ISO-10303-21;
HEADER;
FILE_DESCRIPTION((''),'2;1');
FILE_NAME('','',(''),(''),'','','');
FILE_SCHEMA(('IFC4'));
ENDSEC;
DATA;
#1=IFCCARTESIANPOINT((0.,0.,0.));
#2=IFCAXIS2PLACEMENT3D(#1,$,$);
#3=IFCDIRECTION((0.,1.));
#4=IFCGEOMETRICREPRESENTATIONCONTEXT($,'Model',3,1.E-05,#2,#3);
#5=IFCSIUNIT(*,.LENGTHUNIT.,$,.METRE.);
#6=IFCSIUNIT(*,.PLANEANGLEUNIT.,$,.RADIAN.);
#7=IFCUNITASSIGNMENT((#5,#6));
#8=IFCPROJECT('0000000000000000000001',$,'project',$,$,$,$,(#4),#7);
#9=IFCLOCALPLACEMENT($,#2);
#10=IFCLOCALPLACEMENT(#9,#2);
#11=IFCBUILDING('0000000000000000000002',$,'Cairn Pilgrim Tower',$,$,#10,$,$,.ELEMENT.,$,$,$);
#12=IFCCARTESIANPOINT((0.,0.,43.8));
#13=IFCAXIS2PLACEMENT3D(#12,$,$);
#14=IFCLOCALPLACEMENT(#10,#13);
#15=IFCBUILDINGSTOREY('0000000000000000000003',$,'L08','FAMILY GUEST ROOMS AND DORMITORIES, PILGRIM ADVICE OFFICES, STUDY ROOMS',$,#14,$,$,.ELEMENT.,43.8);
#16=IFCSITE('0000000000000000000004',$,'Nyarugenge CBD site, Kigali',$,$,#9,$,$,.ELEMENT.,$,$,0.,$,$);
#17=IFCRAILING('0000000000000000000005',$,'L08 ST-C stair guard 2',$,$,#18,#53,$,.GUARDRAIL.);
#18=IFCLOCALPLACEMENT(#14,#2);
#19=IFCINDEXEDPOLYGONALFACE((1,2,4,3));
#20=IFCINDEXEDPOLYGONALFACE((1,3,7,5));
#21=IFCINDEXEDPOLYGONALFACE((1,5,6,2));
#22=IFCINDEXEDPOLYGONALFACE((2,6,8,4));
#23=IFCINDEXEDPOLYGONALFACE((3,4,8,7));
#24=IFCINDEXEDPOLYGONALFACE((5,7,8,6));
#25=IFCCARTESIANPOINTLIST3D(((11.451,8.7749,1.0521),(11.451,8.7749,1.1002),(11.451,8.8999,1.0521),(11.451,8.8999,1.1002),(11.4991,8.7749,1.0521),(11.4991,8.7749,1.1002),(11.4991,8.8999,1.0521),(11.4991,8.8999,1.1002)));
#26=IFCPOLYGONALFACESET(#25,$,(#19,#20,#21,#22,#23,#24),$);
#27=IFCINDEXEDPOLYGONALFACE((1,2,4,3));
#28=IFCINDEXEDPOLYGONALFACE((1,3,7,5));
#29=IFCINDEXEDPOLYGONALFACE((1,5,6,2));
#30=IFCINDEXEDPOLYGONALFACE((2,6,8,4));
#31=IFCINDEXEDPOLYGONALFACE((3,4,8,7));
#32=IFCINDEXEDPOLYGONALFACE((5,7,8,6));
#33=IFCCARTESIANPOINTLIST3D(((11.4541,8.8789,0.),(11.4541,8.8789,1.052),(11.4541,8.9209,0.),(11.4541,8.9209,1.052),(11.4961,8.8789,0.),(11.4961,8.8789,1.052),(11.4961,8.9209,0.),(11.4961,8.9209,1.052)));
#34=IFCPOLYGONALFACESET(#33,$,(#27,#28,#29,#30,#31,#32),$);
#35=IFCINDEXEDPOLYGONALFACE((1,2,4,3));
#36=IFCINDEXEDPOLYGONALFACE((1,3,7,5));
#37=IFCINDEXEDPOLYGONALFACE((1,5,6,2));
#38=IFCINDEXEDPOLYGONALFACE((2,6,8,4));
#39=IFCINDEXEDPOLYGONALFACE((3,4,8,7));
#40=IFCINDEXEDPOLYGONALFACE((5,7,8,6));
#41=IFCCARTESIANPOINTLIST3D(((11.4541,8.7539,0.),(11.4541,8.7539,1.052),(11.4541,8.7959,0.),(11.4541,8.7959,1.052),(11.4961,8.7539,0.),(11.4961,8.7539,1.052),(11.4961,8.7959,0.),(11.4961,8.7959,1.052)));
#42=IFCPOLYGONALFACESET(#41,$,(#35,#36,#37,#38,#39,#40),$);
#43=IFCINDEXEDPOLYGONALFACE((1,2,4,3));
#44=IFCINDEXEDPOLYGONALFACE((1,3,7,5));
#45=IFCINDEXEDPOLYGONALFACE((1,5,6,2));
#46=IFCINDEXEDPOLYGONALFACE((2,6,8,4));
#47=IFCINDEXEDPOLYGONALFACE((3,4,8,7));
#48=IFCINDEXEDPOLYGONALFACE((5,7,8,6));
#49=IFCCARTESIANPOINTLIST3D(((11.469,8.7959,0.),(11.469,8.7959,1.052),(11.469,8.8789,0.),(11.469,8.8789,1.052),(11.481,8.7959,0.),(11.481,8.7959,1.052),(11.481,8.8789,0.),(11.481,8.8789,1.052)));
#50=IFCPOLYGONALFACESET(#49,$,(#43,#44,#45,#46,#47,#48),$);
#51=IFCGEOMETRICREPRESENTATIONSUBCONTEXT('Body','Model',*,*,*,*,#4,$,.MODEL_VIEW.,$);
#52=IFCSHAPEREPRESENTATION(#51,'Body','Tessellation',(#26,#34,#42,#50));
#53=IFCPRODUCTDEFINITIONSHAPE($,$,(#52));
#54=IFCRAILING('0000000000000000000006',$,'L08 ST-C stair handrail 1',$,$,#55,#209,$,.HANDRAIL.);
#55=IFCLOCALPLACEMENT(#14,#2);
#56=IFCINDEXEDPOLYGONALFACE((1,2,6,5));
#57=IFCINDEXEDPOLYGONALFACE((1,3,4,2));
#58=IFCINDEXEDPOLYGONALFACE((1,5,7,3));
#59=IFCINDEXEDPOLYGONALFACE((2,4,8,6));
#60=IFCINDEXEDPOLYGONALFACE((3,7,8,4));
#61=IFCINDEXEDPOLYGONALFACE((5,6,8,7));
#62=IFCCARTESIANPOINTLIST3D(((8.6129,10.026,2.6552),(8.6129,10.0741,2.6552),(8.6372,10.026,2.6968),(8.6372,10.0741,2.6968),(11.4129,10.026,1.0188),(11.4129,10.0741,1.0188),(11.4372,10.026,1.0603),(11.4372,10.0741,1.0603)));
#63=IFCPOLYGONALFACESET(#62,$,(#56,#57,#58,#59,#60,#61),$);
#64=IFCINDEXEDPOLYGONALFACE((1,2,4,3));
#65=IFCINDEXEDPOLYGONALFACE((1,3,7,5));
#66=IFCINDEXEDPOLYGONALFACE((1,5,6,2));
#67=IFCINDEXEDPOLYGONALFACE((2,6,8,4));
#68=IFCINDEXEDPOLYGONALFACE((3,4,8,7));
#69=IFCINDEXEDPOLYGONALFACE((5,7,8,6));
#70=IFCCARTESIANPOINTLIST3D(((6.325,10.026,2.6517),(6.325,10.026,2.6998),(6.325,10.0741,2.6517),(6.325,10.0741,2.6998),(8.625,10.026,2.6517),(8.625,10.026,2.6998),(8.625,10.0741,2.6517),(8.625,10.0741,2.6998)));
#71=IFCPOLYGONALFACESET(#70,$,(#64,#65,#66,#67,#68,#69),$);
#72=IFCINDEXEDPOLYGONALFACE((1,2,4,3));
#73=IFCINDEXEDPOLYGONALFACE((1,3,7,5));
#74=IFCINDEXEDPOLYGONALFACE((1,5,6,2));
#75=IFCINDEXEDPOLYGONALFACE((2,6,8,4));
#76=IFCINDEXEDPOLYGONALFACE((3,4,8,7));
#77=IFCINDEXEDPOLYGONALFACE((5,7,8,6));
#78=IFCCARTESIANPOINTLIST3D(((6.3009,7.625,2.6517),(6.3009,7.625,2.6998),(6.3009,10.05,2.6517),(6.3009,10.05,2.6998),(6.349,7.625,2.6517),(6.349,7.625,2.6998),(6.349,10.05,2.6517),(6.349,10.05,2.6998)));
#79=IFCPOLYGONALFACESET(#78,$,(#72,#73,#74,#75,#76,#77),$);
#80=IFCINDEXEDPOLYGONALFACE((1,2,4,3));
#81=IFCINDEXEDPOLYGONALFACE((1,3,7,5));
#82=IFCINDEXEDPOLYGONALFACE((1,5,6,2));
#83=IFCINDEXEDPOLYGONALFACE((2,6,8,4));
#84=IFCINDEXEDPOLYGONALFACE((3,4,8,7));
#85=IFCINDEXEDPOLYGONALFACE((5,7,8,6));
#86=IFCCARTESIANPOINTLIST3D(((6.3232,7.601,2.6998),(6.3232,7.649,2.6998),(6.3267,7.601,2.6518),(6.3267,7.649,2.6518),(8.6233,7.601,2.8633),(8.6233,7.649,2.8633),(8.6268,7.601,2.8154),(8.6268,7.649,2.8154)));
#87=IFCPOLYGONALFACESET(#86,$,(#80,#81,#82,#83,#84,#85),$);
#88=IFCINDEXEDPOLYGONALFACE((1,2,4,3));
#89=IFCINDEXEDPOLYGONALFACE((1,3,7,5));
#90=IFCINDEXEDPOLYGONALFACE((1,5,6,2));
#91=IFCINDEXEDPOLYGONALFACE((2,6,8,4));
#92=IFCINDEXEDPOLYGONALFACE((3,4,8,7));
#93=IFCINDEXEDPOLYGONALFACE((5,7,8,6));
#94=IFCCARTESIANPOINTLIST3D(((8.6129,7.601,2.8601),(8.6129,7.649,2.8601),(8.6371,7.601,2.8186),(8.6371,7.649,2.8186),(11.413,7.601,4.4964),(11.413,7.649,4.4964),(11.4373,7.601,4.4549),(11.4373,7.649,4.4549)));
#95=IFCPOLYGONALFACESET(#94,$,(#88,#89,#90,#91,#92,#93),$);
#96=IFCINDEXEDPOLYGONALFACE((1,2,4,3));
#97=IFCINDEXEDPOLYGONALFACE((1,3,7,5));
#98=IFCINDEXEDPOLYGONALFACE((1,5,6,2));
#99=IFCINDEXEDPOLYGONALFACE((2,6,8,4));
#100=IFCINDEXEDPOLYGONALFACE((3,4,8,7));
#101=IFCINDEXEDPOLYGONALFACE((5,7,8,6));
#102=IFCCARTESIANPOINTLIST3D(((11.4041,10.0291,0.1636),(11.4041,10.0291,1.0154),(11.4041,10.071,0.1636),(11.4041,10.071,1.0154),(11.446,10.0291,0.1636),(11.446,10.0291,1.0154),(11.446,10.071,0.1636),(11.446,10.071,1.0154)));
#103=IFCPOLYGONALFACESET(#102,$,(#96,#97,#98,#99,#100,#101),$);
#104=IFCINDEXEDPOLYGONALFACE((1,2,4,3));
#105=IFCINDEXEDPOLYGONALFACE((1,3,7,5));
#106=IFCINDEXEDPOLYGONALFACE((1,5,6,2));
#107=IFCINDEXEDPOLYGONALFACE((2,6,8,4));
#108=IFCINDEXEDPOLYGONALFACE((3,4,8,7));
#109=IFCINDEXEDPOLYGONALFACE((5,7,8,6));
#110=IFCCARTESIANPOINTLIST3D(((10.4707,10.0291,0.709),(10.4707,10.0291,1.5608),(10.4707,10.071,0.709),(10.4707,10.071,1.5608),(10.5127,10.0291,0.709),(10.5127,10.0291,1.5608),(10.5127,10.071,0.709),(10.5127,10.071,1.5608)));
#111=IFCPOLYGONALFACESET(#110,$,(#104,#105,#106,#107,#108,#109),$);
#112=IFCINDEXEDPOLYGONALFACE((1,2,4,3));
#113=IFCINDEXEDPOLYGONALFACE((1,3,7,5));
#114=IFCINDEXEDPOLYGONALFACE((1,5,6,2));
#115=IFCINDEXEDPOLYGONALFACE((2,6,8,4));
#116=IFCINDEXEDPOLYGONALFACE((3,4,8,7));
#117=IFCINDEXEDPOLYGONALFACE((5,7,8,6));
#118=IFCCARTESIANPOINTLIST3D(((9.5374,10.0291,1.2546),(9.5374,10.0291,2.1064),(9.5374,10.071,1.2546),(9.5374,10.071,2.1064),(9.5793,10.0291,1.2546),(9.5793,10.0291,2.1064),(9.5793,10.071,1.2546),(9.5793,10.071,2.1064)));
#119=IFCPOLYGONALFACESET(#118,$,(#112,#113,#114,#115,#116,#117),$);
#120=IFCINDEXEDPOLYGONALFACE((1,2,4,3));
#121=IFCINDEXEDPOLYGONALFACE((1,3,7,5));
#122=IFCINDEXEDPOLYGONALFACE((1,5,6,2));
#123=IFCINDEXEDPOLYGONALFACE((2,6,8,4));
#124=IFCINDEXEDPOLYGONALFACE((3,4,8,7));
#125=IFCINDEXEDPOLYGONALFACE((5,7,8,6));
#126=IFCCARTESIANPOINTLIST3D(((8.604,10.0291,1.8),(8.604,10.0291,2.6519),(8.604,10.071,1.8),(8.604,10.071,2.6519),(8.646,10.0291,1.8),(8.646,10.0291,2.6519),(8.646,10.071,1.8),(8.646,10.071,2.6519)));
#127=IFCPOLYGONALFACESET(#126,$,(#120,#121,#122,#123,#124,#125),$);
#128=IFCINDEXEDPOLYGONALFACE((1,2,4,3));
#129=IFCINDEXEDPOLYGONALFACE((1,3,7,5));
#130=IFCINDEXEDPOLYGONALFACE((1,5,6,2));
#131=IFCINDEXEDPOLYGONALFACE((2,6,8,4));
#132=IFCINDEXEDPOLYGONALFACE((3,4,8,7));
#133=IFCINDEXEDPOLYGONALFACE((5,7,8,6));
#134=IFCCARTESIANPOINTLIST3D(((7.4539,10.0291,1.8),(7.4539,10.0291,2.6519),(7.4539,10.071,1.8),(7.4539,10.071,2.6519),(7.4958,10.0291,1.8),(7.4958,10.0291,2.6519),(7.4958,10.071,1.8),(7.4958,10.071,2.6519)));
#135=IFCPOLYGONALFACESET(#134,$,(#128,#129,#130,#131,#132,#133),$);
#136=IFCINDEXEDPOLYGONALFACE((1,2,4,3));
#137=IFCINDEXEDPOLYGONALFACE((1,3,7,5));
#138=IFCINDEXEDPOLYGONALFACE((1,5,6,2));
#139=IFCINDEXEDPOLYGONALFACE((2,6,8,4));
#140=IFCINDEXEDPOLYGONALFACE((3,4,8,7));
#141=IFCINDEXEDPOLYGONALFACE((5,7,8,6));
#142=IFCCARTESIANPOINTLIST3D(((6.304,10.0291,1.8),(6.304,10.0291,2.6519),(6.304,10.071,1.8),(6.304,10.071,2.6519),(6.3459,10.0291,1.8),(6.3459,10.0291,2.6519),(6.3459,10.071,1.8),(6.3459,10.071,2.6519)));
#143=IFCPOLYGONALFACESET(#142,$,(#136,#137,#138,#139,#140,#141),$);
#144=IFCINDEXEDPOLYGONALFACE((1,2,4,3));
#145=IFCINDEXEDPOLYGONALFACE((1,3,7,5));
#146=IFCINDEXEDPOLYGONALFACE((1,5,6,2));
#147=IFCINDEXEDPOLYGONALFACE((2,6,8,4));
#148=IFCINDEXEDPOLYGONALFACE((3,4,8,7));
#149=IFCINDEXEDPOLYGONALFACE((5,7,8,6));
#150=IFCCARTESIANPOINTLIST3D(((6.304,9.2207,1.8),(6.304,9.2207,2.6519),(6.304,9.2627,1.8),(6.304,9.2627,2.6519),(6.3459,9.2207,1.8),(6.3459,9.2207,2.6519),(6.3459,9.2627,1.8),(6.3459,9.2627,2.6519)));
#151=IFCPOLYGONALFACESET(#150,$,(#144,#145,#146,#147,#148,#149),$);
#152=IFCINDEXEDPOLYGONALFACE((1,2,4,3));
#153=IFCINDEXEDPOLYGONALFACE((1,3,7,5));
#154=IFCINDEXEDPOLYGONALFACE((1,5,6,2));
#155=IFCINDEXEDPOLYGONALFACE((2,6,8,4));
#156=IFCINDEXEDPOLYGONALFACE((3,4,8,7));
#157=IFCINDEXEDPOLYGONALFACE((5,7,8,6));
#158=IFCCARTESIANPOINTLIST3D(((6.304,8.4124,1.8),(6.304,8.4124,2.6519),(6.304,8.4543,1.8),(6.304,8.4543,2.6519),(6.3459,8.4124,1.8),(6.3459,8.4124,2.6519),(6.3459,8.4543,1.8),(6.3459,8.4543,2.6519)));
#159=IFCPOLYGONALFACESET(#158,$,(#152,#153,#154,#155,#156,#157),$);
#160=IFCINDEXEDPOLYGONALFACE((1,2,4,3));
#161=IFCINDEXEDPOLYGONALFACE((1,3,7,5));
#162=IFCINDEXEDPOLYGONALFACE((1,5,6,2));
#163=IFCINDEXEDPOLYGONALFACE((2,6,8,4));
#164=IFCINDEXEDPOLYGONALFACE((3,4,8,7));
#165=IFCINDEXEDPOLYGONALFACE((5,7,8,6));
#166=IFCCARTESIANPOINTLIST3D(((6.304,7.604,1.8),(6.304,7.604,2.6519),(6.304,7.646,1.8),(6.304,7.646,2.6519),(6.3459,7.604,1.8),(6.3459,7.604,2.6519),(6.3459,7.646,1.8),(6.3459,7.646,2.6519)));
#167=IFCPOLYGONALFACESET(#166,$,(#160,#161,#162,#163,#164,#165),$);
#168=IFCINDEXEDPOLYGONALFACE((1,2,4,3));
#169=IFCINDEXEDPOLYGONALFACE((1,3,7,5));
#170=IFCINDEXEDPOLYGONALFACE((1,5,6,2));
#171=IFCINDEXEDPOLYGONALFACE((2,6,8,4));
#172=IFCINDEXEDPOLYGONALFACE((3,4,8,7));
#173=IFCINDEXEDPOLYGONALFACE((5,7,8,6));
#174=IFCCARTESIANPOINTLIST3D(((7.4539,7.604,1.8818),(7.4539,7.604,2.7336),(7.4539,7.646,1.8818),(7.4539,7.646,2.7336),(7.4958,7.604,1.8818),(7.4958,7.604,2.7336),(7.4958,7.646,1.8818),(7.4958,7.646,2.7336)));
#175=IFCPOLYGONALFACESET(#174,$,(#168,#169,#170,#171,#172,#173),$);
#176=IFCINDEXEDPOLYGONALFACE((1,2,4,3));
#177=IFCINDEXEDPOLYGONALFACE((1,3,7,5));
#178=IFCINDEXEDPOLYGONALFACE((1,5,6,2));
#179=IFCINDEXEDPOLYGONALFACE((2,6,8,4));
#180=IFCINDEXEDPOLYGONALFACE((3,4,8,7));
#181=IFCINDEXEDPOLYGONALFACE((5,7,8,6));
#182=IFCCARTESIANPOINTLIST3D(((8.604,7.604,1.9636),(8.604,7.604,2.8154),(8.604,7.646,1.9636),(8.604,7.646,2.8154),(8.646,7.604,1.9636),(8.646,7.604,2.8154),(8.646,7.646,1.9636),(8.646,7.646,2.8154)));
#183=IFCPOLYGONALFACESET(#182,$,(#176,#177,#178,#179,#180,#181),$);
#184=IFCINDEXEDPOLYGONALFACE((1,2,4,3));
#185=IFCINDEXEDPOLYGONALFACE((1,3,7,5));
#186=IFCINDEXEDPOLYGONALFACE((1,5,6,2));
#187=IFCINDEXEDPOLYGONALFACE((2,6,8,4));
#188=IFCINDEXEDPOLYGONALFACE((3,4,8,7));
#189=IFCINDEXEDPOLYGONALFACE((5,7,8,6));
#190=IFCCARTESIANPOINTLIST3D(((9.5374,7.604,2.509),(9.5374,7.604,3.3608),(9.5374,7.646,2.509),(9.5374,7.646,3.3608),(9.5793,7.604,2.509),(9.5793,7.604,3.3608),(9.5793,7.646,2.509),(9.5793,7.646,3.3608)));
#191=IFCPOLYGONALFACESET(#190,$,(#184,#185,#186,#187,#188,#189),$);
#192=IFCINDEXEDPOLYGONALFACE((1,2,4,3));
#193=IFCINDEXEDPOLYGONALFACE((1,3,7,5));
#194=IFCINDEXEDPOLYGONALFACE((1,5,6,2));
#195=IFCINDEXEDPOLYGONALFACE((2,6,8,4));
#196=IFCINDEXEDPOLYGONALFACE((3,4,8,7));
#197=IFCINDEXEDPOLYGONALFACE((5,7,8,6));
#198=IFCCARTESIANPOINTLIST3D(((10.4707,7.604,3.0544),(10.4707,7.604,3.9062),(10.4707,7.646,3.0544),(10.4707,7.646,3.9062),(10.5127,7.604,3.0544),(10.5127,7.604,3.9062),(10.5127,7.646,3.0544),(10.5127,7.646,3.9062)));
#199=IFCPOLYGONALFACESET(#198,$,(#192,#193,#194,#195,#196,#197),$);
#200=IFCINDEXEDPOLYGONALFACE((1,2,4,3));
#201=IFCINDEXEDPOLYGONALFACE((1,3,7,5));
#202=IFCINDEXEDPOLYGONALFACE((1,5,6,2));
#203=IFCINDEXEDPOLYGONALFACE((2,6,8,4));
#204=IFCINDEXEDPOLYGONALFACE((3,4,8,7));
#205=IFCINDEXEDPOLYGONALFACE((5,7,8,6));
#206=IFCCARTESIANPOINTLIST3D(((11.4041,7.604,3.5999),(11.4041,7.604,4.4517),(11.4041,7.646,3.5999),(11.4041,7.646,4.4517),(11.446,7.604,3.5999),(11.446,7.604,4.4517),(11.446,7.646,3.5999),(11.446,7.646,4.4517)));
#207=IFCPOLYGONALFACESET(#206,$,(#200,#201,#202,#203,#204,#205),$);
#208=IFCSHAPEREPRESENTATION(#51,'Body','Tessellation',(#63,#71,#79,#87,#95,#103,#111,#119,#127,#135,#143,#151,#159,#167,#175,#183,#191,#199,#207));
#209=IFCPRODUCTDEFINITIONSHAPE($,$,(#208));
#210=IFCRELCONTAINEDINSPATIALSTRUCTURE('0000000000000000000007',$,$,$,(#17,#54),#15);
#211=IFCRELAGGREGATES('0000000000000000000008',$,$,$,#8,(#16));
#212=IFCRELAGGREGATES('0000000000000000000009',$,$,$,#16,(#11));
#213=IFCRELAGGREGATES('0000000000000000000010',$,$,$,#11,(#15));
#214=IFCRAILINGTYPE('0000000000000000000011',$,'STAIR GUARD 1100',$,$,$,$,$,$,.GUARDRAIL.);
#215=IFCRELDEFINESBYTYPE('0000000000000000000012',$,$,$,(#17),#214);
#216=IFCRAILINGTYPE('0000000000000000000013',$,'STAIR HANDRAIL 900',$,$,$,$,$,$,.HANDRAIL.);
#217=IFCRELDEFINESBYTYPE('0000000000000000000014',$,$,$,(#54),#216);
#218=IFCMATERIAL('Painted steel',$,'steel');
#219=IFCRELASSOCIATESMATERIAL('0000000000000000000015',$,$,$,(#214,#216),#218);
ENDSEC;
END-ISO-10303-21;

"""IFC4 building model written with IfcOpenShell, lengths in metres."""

from ifc_helpers import new_model, si_unit, direction, frame, origin, origin_2d, place, context, subcontext, project, spatial, polyline, rectangle, outline, extrude, material, type_object, element, save


model = new_model("IFC4")

# Units and contexts
model_context = context("Model", 3, precision=1e-05, world=origin(), true_north=direction((0.0, 1.0)))
body_context = subcontext(model_context, "Body", "Model", "MODEL_VIEW")
ifc_project = project(units=[si_unit("LENGTHUNIT", "METRE"), si_unit("PLANEANGLEUNIT", "RADIAN")], contexts=[model_context])

# Site, building, storey
site_placement = place(None, origin())
site = spatial("IfcSite", under=ifc_project, at=site_placement, Name="Nyarugenge CBD site, Kigali", CompositionType="ELEMENT", RefElevation=0.0)
building_placement = place(site_placement, origin())
building = spatial("IfcBuilding", under=site, at=building_placement, Name="Cairn Pilgrim Tower", CompositionType="ELEMENT")
storey_placement = place(building_placement, frame((0.0, 0.0, 43.8)))
storey = spatial("IfcBuildingStorey", under=building, at=storey_placement, Name="L08", Description="FAMILY GUEST ROOMS AND DORMITORIES, PILGRIM ADVICE OFFICES, STUDY ROOMS", CompositionType="ELEMENT", Elevation=43.8)

# Shared definitions
ifc_material_1 = material(Name="Painted steel", Category="steel")

# Railings
railing_type_1 = type_object("IfcRailingType", Name="STAIR GUARD 1100", PredefinedType="GUARDRAIL", material=ifc_material_1)
railing_1_placement = place(storey_placement, frame((11.4751, 8.8999, 0.0)))
element("IfcRailing", 1, at=railing_1_placement, inside=storey, type_object=railing_type_1, Name="L08 ST-C stair guard 2", PredefinedType="GUARDRAIL", context=body_context, shape_type="SweptSolid", body=[
    extrude(rectangle(XDim=0.0481, YDim=0.0481, at=origin_2d()), frame((0.0, 0.0, 1.0762), z_axis=(0.0, -1.0, 0.0), x_axis=(1.0, 0.0, 0.0)), (0.0, 0.0, 1.0), 0.125),
    extrude(rectangle(XDim=0.042, YDim=0.042, at=origin_2d()), origin(), (0.0, 0.0, 1.0), 1.052),
    extrude(rectangle(XDim=0.042, YDim=0.042, at=origin_2d()), frame((0.0, -0.125, 0.0)), (0.0, 0.0, 1.0), 1.052),
    extrude(outline(polyline([(0.021, 0.0), (0.104, 0.0), (0.104, 1.052), (0.021, 1.052), (0.021, 0.0)])), frame((0.0059, 0.0, 0.0), z_axis=(-1.0, 0.0, 0.0), x_axis=(0.0, -1.0, 0.0)), (0.0, 0.0, 1.0), 0.012),
])
railing_type_2 = type_object("IfcRailingType", Name="STAIR HANDRAIL 900", PredefinedType="HANDRAIL", material=ifc_material_1)
railing_2_placement = place(storey_placement, frame((11.425, 10.05, 0.1636)))
element("IfcRailing", 2, at=railing_2_placement, inside=storey, type_object=railing_type_2, Name="L08 ST-C stair handrail 1", PredefinedType="HANDRAIL", context=body_context, shape_type="SweptSolid", body=[
    extrude(rectangle(XDim=0.0481, YDim=0.0481, at=origin_2d()), frame((0.0, 0.0, 0.876), z_axis=(-0.863361, 0.0, 0.504587), x_axis=(0.0, -1.0, 0.0)), (0.0, 0.0, 1.0), 3.2432),
    extrude(rectangle(XDim=0.0481, YDim=0.0481, at=origin_2d()), frame((-2.8, 0.0, 2.5122), z_axis=(-1.0, 0.0, 0.0), x_axis=(0.0, -1.0, 0.0)), (0.0, 0.0, 1.0), 2.3),
    extrude(rectangle(XDim=0.0481, YDim=0.0481, at=origin_2d()), frame((-5.1001, 0.0, 2.5122), z_axis=(0.0, -1.0, 0.0), x_axis=(1.0, 0.0, 0.0)), (0.0, 0.0, 1.0), 2.425),
    extrude(rectangle(XDim=0.0481, YDim=0.0481, at=origin_2d()), frame((-5.1001, -2.425, 2.5122), z_axis=(0.997481, 0.0, 0.070939), x_axis=(0.0, 1.0, 0.0)), (0.0, 0.0, 1.0), 2.3059),
    extrude(rectangle(XDim=0.0481, YDim=0.0481, at=origin_2d()), frame((-2.8, -2.425, 2.6758), z_axis=(0.863394, 0.0, 0.504531), x_axis=(0.0, 1.0, 0.0)), (0.0, 0.0, 1.0), 3.2432),
    extrude(rectangle(XDim=0.042, YDim=0.042, at=origin_2d()), origin(), (0.0, 0.0, 1.0), 0.8518),
    extrude(rectangle(XDim=0.042, YDim=0.042, at=origin_2d()), frame((-0.9333, 0.0, 0.5454)), (0.0, 0.0, 1.0), 0.8518),
    extrude(rectangle(XDim=0.042, YDim=0.042, at=origin_2d()), frame((-1.8667, 0.0, 1.0911)), (0.0, 0.0, 1.0), 0.8518),
    extrude(rectangle(XDim=0.042, YDim=0.042, at=origin_2d()), frame((-2.8, 0.0, 1.6365)), (0.0, 0.0, 1.0), 0.8518),
    extrude(rectangle(XDim=0.042, YDim=0.042, at=origin_2d()), frame((-3.9502, 0.0, 1.6365)), (0.0, 0.0, 1.0), 0.8518),
    extrude(rectangle(XDim=0.042, YDim=0.042, at=origin_2d()), frame((-5.1001, 0.0, 1.6365)), (0.0, 0.0, 1.0), 0.8518),
    extrude(rectangle(XDim=0.042, YDim=0.042, at=origin_2d()), frame((-5.1001, -0.8083, 1.6365)), (0.0, 0.0, 1.0), 0.8518),
    extrude(rectangle(XDim=0.042, YDim=0.042, at=origin_2d()), frame((-5.1001, -1.6167, 1.6365)), (0.0, 0.0, 1.0), 0.8518),
    extrude(rectangle(XDim=0.042, YDim=0.042, at=origin_2d()), frame((-5.1001, -2.425, 1.6365)), (0.0, 0.0, 1.0), 0.8518),
    extrude(rectangle(XDim=0.042, YDim=0.042, at=origin_2d()), frame((-3.9502, -2.425, 1.7183)), (0.0, 0.0, 1.0), 0.8518),
    extrude(rectangle(XDim=0.042, YDim=0.042, at=origin_2d()), frame((-2.8, -2.425, 1.8)), (0.0, 0.0, 1.0), 0.8518),
    extrude(rectangle(XDim=0.042, YDim=0.042, at=origin_2d()), frame((-1.8667, -2.425, 2.3455)), (0.0, 0.0, 1.0), 0.8518),
    extrude(rectangle(XDim=0.042, YDim=0.042, at=origin_2d()), frame((-0.9333, -2.425, 2.8909)), (0.0, 0.0, 1.0), 0.8518),
    extrude(rectangle(XDim=0.042, YDim=0.042, at=origin_2d()), frame((0.0, -2.425, 3.4363)), (0.0, 0.0, 1.0), 0.8518),
])

save(model, "model.ifc")
